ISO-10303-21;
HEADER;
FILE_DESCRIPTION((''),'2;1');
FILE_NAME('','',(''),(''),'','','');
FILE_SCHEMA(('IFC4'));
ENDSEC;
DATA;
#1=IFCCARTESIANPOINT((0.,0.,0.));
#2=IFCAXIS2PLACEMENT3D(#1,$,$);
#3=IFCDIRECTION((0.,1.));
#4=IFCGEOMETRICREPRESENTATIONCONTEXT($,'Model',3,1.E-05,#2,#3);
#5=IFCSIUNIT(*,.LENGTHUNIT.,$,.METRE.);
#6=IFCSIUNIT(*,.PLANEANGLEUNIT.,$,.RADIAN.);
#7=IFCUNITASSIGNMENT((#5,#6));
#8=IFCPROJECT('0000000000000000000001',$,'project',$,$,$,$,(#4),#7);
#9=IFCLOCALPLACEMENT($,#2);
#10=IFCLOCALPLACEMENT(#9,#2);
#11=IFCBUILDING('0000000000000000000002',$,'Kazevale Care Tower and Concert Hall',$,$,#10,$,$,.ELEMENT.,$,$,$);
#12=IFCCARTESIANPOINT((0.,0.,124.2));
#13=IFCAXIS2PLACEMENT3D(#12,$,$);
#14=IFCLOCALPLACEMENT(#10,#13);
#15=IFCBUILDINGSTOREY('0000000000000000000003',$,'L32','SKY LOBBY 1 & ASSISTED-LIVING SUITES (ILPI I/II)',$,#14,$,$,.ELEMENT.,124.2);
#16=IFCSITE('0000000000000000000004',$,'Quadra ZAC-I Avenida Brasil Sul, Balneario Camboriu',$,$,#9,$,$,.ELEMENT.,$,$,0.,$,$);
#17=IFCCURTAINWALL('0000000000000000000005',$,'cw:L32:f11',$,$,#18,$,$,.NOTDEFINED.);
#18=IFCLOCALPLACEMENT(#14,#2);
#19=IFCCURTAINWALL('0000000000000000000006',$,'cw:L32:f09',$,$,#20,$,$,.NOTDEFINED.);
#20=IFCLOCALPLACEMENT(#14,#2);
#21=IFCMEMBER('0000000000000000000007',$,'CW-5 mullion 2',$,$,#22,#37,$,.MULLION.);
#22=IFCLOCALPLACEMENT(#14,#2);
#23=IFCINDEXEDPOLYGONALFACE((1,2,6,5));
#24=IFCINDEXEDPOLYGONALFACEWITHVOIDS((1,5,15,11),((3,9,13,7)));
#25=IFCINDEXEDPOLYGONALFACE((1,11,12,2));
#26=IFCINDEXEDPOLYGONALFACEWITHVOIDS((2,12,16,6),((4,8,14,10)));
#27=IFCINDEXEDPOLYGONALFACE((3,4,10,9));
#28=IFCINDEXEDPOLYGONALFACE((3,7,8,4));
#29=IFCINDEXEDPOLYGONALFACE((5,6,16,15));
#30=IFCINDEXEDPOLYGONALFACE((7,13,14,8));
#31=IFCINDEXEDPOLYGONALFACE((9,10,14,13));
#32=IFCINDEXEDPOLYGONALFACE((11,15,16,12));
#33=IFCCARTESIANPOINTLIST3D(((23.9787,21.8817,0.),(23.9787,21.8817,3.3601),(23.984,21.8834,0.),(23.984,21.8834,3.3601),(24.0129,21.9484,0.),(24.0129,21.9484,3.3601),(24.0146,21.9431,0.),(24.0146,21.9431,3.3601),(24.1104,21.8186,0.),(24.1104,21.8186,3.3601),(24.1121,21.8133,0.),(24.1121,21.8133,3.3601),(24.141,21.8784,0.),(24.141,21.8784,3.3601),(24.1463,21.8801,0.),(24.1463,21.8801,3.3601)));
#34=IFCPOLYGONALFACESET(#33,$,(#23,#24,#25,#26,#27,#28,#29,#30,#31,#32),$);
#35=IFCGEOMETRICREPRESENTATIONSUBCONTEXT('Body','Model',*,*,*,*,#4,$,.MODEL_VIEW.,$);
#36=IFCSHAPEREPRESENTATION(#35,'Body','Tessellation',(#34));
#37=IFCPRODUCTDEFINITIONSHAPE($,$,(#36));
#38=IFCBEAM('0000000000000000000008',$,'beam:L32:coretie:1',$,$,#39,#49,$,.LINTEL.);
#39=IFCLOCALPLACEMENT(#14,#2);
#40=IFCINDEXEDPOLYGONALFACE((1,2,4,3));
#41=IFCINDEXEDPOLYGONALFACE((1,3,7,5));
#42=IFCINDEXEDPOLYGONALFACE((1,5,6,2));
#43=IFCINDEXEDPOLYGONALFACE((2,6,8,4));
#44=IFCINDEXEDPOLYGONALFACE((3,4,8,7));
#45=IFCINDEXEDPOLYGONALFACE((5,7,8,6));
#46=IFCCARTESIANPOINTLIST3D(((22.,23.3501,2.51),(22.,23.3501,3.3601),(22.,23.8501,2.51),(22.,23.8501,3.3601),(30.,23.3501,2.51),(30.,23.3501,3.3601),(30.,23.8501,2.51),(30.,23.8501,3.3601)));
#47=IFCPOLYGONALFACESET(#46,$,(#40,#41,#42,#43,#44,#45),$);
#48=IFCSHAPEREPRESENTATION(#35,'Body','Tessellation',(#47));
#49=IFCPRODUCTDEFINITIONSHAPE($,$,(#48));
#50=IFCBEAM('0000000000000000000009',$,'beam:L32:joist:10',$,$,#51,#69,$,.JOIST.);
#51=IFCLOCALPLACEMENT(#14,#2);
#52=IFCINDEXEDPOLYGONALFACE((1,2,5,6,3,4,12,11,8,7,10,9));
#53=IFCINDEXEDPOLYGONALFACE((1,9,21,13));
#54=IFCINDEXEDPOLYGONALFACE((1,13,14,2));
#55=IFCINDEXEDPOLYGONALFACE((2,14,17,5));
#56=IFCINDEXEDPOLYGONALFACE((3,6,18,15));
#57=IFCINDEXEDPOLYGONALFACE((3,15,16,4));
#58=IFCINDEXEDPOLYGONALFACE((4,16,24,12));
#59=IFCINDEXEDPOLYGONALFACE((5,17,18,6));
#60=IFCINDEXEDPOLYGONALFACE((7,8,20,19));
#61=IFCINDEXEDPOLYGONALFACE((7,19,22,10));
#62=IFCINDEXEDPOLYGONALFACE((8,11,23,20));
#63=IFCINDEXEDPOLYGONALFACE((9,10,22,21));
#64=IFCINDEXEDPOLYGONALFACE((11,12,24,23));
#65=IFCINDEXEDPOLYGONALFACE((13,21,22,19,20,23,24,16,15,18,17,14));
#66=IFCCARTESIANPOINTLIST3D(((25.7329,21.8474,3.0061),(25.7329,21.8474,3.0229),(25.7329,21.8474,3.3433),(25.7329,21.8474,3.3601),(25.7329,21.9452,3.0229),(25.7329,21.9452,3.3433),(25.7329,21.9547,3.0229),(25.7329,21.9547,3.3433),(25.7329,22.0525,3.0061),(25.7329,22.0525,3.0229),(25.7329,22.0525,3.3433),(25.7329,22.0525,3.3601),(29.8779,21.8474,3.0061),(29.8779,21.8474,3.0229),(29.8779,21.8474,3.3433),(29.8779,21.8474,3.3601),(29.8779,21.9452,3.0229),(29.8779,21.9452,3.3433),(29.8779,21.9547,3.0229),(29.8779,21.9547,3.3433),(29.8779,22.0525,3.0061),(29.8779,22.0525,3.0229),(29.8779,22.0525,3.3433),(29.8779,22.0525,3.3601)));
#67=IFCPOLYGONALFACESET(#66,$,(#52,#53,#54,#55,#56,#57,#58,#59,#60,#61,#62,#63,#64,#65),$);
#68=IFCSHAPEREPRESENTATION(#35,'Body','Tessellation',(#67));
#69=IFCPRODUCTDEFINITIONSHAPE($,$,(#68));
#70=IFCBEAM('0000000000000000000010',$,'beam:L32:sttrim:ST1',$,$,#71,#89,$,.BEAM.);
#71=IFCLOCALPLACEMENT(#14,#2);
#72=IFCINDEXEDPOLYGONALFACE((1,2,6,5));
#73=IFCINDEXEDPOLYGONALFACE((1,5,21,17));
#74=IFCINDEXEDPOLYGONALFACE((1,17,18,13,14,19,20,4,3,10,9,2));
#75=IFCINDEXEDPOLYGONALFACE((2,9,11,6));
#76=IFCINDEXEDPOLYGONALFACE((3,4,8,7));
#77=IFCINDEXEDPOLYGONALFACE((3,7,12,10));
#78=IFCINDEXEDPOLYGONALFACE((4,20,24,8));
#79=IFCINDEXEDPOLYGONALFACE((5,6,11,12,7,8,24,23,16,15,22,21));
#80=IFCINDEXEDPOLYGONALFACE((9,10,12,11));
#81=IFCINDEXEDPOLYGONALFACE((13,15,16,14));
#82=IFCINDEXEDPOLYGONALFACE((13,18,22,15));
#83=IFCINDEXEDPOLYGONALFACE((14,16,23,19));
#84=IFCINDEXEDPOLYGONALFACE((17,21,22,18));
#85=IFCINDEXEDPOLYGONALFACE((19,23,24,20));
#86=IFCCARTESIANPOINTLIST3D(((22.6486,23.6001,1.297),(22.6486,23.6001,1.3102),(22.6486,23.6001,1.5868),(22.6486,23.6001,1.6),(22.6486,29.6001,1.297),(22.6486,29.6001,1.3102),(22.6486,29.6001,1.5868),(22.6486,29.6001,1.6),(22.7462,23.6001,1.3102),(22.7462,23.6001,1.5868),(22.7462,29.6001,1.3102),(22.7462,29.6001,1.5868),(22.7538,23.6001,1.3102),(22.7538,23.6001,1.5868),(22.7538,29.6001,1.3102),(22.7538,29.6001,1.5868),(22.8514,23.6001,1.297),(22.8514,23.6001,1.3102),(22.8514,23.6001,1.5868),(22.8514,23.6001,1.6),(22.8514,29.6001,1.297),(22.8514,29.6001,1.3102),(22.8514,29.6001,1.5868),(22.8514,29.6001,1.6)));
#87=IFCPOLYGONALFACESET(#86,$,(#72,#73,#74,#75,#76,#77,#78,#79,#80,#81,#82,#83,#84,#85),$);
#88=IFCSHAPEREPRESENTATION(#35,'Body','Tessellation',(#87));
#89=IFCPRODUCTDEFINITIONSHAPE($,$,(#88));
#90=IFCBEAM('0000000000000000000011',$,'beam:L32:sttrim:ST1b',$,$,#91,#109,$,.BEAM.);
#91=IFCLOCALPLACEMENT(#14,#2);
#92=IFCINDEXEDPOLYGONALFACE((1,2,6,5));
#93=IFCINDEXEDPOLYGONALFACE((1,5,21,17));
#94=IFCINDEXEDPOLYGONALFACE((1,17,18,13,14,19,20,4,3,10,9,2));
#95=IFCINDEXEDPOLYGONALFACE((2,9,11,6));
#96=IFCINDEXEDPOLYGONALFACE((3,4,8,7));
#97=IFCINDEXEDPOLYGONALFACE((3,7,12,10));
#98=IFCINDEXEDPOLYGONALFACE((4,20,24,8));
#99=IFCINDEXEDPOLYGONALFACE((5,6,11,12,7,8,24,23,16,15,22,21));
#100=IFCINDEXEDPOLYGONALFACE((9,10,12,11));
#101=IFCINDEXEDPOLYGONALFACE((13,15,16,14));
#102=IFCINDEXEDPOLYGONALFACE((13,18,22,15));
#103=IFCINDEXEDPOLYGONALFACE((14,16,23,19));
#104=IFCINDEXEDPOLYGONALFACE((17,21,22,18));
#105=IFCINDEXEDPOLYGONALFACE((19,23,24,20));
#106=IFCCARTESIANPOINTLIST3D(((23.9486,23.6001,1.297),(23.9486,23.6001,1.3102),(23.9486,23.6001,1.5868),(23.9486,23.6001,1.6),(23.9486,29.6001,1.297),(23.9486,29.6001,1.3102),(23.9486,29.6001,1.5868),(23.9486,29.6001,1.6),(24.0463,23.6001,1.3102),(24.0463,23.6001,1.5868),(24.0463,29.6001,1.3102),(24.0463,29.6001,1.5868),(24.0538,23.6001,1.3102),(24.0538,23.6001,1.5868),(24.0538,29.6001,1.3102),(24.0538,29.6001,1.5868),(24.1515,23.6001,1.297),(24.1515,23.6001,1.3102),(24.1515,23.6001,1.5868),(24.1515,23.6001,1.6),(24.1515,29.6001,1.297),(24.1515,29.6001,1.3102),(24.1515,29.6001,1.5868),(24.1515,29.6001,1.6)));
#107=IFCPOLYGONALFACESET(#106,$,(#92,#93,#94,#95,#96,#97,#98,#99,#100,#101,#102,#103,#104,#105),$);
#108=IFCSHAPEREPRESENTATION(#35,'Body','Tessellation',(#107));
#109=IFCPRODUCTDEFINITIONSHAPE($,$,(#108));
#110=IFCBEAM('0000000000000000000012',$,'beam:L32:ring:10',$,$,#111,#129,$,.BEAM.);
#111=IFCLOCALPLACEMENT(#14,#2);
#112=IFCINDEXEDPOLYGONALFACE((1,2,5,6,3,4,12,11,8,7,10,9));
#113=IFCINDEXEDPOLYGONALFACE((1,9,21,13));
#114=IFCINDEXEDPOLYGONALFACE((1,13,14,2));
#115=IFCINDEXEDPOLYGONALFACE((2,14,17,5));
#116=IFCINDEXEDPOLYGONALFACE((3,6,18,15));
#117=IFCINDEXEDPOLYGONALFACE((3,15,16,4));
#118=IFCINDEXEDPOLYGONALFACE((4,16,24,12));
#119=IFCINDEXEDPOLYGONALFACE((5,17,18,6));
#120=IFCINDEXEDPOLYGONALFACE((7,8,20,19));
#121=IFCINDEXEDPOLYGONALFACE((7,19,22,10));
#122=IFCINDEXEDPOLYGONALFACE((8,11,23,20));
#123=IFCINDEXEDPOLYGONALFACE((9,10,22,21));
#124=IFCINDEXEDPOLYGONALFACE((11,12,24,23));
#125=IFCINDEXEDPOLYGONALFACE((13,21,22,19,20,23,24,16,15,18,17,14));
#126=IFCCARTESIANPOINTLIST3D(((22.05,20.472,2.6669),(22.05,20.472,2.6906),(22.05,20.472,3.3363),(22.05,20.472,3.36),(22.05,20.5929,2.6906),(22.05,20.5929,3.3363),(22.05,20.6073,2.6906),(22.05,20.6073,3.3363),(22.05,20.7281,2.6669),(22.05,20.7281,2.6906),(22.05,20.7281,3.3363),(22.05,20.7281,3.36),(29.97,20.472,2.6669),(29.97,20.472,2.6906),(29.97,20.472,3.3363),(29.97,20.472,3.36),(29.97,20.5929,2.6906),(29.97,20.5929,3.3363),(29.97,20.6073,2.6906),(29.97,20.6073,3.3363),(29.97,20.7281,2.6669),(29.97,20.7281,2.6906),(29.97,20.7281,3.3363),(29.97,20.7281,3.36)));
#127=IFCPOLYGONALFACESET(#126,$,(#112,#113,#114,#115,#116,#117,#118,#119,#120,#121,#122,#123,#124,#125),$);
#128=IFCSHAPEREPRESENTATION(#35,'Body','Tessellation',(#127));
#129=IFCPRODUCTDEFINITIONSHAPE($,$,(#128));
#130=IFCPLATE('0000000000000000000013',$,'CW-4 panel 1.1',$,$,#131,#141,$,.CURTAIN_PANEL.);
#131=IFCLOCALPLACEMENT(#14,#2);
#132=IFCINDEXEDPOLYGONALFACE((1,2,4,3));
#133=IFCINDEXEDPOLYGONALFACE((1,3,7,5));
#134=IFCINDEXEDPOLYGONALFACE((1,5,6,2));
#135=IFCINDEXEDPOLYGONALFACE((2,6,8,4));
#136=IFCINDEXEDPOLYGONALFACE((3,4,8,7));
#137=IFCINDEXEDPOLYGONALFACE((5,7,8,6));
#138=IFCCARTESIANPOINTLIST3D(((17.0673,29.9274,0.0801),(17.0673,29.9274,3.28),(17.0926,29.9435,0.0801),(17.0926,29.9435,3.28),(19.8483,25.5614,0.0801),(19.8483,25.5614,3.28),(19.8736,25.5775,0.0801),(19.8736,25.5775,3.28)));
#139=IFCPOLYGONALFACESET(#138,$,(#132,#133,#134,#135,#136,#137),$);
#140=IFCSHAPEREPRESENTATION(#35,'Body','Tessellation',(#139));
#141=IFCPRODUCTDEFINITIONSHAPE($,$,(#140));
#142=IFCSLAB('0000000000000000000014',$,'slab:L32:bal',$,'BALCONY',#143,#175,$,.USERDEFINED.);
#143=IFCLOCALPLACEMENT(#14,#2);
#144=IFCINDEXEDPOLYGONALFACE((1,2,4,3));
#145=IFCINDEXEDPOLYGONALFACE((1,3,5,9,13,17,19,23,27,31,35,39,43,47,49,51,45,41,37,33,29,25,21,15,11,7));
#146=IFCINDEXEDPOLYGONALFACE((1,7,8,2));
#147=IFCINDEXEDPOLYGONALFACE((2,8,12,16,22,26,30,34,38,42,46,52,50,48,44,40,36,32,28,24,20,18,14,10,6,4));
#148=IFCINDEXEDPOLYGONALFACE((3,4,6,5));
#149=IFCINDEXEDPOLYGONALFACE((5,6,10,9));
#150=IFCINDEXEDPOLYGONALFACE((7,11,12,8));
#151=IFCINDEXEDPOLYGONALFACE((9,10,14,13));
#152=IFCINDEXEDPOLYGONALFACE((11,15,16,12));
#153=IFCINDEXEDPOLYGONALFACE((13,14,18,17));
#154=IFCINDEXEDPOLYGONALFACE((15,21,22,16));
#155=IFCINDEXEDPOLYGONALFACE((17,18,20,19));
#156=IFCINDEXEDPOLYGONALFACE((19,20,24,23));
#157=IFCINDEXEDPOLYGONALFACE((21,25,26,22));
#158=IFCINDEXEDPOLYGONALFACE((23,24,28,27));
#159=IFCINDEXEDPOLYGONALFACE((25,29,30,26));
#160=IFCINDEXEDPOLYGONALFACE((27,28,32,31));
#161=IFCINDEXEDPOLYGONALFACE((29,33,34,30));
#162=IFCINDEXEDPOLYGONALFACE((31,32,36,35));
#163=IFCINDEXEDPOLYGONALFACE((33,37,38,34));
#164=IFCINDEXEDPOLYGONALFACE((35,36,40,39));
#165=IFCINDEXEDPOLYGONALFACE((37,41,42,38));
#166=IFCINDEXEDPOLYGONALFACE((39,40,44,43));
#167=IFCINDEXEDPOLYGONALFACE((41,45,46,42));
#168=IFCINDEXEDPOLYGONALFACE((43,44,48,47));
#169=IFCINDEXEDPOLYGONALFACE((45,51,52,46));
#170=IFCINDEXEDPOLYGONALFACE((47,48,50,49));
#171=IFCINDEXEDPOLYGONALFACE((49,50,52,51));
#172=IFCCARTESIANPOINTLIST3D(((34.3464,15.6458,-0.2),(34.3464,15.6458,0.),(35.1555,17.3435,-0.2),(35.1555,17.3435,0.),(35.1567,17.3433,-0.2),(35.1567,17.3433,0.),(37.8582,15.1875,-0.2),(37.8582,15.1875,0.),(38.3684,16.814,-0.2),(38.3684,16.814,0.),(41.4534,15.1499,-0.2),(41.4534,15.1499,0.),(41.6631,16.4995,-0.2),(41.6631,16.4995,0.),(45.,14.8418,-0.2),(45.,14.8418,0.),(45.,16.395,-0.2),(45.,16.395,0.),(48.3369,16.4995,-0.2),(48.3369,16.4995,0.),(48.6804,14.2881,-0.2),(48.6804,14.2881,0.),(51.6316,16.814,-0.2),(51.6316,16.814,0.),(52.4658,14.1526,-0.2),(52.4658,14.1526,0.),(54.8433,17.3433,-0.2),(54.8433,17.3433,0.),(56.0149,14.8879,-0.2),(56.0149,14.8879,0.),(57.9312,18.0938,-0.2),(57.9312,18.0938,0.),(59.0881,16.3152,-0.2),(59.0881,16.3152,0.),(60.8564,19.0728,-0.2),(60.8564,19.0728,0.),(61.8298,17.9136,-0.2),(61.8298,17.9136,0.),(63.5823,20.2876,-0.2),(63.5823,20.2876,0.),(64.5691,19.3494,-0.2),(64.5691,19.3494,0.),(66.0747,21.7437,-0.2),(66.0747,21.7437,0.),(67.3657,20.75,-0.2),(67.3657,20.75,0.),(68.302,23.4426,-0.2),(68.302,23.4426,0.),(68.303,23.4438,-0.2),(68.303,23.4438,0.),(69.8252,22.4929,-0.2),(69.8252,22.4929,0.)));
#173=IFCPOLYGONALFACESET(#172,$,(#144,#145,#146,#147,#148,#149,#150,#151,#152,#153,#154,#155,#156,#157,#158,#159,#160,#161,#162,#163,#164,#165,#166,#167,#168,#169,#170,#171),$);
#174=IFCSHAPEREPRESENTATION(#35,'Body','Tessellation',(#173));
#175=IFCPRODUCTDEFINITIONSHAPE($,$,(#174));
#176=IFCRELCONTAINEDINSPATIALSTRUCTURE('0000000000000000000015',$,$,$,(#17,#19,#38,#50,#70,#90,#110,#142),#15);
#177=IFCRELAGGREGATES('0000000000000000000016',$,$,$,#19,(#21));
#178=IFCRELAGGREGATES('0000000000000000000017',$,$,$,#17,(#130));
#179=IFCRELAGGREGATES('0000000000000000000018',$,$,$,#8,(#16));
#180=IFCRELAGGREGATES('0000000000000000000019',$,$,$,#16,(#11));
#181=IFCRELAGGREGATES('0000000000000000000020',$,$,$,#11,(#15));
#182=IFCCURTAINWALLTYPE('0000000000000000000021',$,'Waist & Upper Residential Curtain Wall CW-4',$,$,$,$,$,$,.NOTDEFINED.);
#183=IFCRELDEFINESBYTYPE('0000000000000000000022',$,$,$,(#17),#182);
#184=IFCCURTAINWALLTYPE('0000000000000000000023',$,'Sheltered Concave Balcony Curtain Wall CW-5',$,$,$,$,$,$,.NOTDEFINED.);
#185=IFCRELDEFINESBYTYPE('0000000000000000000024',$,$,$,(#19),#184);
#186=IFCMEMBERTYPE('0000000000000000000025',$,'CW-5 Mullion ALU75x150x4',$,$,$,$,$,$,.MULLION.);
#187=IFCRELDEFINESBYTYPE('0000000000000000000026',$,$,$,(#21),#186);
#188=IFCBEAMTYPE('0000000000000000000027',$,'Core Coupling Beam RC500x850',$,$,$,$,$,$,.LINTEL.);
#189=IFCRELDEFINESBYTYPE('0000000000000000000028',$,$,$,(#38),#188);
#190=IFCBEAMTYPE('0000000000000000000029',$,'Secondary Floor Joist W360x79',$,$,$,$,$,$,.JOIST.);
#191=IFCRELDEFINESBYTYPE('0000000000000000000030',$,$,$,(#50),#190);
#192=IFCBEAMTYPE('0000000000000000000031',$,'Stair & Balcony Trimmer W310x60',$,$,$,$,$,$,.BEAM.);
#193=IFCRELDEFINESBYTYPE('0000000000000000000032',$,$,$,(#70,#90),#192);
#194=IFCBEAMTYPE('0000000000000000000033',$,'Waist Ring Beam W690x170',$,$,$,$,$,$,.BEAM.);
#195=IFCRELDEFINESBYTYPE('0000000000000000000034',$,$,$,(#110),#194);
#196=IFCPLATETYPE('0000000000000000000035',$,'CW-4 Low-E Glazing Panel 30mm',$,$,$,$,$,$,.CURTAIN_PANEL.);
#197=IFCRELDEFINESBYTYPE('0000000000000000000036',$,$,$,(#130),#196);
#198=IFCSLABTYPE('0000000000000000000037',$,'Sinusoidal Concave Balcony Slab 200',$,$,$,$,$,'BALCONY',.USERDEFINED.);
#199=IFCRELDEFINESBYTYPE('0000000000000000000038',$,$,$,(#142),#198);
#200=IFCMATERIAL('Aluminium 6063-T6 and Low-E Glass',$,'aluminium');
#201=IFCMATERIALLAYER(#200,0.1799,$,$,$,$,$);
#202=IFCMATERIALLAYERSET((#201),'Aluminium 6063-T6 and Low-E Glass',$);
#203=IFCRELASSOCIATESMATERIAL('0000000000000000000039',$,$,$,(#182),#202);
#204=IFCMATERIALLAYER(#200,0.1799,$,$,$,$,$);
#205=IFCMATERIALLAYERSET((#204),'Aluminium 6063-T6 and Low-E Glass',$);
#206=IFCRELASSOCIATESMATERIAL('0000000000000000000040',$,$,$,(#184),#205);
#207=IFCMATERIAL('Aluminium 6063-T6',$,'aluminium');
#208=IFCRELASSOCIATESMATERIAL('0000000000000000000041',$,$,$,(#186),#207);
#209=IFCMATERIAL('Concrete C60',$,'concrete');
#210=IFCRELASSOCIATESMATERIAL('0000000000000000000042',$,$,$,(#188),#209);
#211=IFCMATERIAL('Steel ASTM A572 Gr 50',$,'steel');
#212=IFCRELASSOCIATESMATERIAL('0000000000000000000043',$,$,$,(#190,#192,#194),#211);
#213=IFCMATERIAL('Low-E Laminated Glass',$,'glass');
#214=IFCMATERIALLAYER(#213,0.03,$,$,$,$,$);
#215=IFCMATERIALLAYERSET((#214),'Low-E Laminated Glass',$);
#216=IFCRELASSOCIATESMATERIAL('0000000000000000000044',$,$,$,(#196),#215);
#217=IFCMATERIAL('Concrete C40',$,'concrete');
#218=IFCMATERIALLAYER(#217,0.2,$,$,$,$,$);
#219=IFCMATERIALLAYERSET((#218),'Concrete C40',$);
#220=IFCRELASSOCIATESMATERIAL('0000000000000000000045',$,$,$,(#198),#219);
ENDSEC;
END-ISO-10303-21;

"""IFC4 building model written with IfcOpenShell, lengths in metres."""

from ifc_helpers import new_model, si_unit, direction, frame, origin, origin_2d, place, context, subcontext, project, spatial, polyline, rectangle, hollow_rectangle, i_section, outline, extrude, material, layer, layer_set, material_profile, profile_set, type_object, element, aggregate, save


model = new_model("IFC4")

# Units and contexts
model_context = context("Model", 3, precision=1e-05, world=origin(), true_north=direction((0.0, 1.0)))
body_context = subcontext(model_context, "Body", "Model", "MODEL_VIEW")
ifc_project = project(units=[si_unit("LENGTHUNIT", "METRE"), si_unit("PLANEANGLEUNIT", "RADIAN")], contexts=[model_context])

# Site, building, storey
site_placement = place(None, origin())
site = spatial("IfcSite", under=ifc_project, at=site_placement, Name="Quadra ZAC-I Avenida Brasil Sul, Balneario Camboriu", CompositionType="ELEMENT", RefElevation=0.0)
building_placement = place(site_placement, origin())
building = spatial("IfcBuilding", under=site, at=building_placement, Name="Kazevale Care Tower and Concert Hall", CompositionType="ELEMENT")
storey_placement = place(building_placement, frame((0.0, 0.0, 124.2)))
storey = spatial("IfcBuildingStorey", under=building, at=storey_placement, Name="L32", Description="SKY LOBBY 1 & ASSISTED-LIVING SUITES (ILPI I/II)", CompositionType="ELEMENT", Elevation=124.2)

# Shared definitions
ifc_material_1 = material(Name="Concrete C60", Category="concrete")

# Curtain wall
ifc_material_2 = material(Name="Aluminium 6063-T6 and Low-E Glass", Category="aluminium")
ifc_layer_1 = layer(ifc_material_2, 0.1799)
ifc_layer_set_1 = layer_set([ifc_layer_1], Name="Aluminium 6063-T6 and Low-E Glass")
curtain_wall_type_1 = type_object("IfcCurtainWallType", Name="Waist & Upper Residential Curtain Wall CW-4", PredefinedType="NOTDEFINED", material=ifc_layer_set_1)
curtain_wall_1_placement = place(storey_placement, origin())
curtain_wall_1 = element("IfcCurtainWall", 1, at=curtain_wall_1_placement, inside=storey, type_object=curtain_wall_type_1, Name="cw:L32:f11", PredefinedType="NOTDEFINED")
ifc_material_3 = material(Name="Aluminium 6063-T6", Category="aluminium")

# Curtain wall, member
ifc_layer_2 = layer(ifc_material_2, 0.1799)
ifc_layer_set_2 = layer_set([ifc_layer_2], Name="Aluminium 6063-T6 and Low-E Glass")
curtain_wall_type_2 = type_object("IfcCurtainWallType", Name="Sheltered Concave Balcony Curtain Wall CW-5", PredefinedType="NOTDEFINED", material=ifc_layer_set_2)
curtain_wall_2_placement = place(storey_placement, origin())
curtain_wall_2 = element("IfcCurtainWall", 2, at=curtain_wall_2_placement, inside=storey, type_object=curtain_wall_type_2, Name="cw:L32:f09", PredefinedType="NOTDEFINED")
ifc_material_profile_1 = material_profile(ifc_material_3, hollow_rectangle(XDim=0.075, YDim=0.1499, WallThickness=0.0039, at=origin_2d()), Name="ALU75x150x4")
ifc_profile_set_1 = profile_set([ifc_material_profile_1], Name="Aluminium 6063-T6")
member_type_1 = type_object("IfcMemberType", Name="CW-5 Mullion ALU75x150x4", PredefinedType="MULLION", material=ifc_profile_set_1)
member_1_placement = place(storey_placement, frame((24.0625, 21.8809, 0.0), z_axis=(0.0, 0.0, 1.0), x_axis=(-0.455713, -0.890127, 0.0)))
member_1 = element("IfcMember", 3, at=member_1_placement, type_object=member_type_1, Name="CW-5 mullion 2", PredefinedType="MULLION", context=body_context, shape_type="SweptSolid", body=[
    extrude(hollow_rectangle(XDim=0.075, YDim=0.1499, WallThickness=0.0039, at=origin_2d()), origin(), (0.0, 0.0, 1.0), 3.3601),
])
aggregate(curtain_wall_2, [member_1])

# Beams
ifc_material_profile_2 = material_profile(ifc_material_1, rectangle(XDim=0.5, YDim=0.8501, at=origin_2d()), Name="RC-B500x850")
ifc_profile_set_2 = profile_set([ifc_material_profile_2], Name="Concrete C60")
beam_type_1 = type_object("IfcBeamType", Name="Core Coupling Beam RC500x850", PredefinedType="LINTEL", material=ifc_profile_set_2)
beam_1_placement = place(storey_placement, frame((22.0, 23.6001, 2.9351), z_axis=(1.0, 0.0, 0.0), x_axis=(0.0, 1.0, 0.0)))
element("IfcBeam", 4, at=beam_1_placement, inside=storey, type_object=beam_type_1, Name="beam:L32:coretie:1", PredefinedType="LINTEL", context=body_context, shape_type="SweptSolid", body=[
    extrude(rectangle(XDim=0.5, YDim=0.8501, at=origin_2d()), origin(), (0.0, 0.0, 1.0), 8.0),
])
ifc_material_4 = material(Name="Steel ASTM A572 Gr 50", Category="steel")
ifc_material_profile_3 = material_profile(ifc_material_4, i_section(OverallWidth=0.2051, OverallDepth=0.354, WebThickness=0.0095, FlangeThickness=0.0168, at=origin_2d()), Name="W360x79")
ifc_profile_set_3 = profile_set([ifc_material_profile_3], Name="Steel ASTM A572 Gr 50")
beam_type_2 = type_object("IfcBeamType", Name="Secondary Floor Joist W360x79", PredefinedType="JOIST", material=ifc_profile_set_3)
beam_2_placement = place(storey_placement, frame((25.7329, 21.95, 3.1831), z_axis=(1.0, 0.0, 0.0), x_axis=(0.0, 1.0, 0.0)))
element("IfcBeam", 5, at=beam_2_placement, inside=storey, type_object=beam_type_2, Name="beam:L32:joist:10", PredefinedType="JOIST", context=body_context, shape_type="SweptSolid", body=[
    extrude(i_section(OverallWidth=0.2051, OverallDepth=0.354, WebThickness=0.0095, FlangeThickness=0.0168, at=origin_2d()), origin(), (0.0, 0.0, 1.0), 4.145),
])
ifc_material_profile_4 = material_profile(ifc_material_4, i_section(OverallWidth=0.2029, OverallDepth=0.303, WebThickness=0.0076, FlangeThickness=0.0132, at=origin_2d()), Name="W310x60")
ifc_profile_set_4 = profile_set([ifc_material_profile_4], Name="Steel ASTM A572 Gr 50")
beam_type_3 = type_object("IfcBeamType", Name="Stair & Balcony Trimmer W310x60", PredefinedType="BEAM", material=ifc_profile_set_4)
for number, where, z_axis, x_axis, name in (
    (6, (22.75, 23.6001, 1.4485), (0.0, 1.0, 0.0), (-1.0, 0.0, 0.0), "beam:L32:sttrim:ST1"),
    (7, (24.05, 23.6001, 1.4485), (0.0, 1.0, 0.0), (-1.0, 0.0, 0.0), "beam:L32:sttrim:ST1b"),
):
    element("IfcBeam", number, at=place(storey_placement, frame(where, z_axis=z_axis, x_axis=x_axis)), inside=storey, type_object=beam_type_3, Name=name, PredefinedType="BEAM", context=body_context, shape_type="SweptSolid", body=[
        extrude(i_section(OverallWidth=0.2029, OverallDepth=0.303, WebThickness=0.0076, FlangeThickness=0.0132, at=origin_2d()), origin(), (0.0, 0.0, 1.0), 6.0),
    ])
ifc_material_profile_5 = material_profile(ifc_material_4, i_section(OverallWidth=0.2561, OverallDepth=0.6931, WebThickness=0.0144, FlangeThickness=0.0237, at=origin_2d()), Name="W690x170")
ifc_profile_set_5 = profile_set([ifc_material_profile_5], Name="Steel ASTM A572 Gr 50")
beam_type_4 = type_object("IfcBeamType", Name="Waist Ring Beam W690x170", PredefinedType="BEAM", material=ifc_profile_set_5)
beam_3_placement = place(storey_placement, frame((22.05, 20.6001, 3.0134), z_axis=(1.0, 0.0, 0.0), x_axis=(0.0, 1.0, 0.0)))
element("IfcBeam", 8, at=beam_3_placement, inside=storey, type_object=beam_type_4, Name="beam:L32:ring:10", PredefinedType="BEAM", context=body_context, shape_type="SweptSolid", body=[
    extrude(i_section(OverallWidth=0.2561, OverallDepth=0.6931, WebThickness=0.0144, FlangeThickness=0.0237, at=origin_2d()), origin(), (0.0, 0.0, 1.0), 7.9199),
])

# Plate
ifc_material_5 = material(Name="Low-E Laminated Glass", Category="glass")
ifc_layer_3 = layer(ifc_material_5, 0.03)
ifc_layer_set_3 = layer_set([ifc_layer_3], Name="Low-E Laminated Glass")
plate_type = type_object("IfcPlateType", Name="CW-4 Low-E Glazing Panel 30mm", PredefinedType="CURTAIN_PANEL", material=ifc_layer_set_3)
plate_placement = place(storey_placement, frame((18.4705, 27.7524, 0.0801), z_axis=(0.0, 0.0, 1.0), x_axis=(-0.537239, 0.84343, 0.0)))
plate = element("IfcPlate", 9, at=plate_placement, type_object=plate_type, Name="CW-4 panel 1.1", PredefinedType="CURTAIN_PANEL", context=body_context, shape_type="SweptSolid", body=[
    extrude(rectangle(XDim=5.1765, YDim=0.03, at=origin_2d()), origin(), (0.0, 0.0, 1.0), 3.2),
])
aggregate(curtain_wall_1, [plate])

# Slab
ifc_material_6 = material(Name="Concrete C40", Category="concrete")
ifc_layer_4 = layer(ifc_material_6, 0.2)
ifc_layer_set_4 = layer_set([ifc_layer_4], Name="Concrete C40")
slab_type_1 = type_object("IfcSlabType", Name="Sinusoidal Concave Balcony Slab 200", ElementType="BALCONY", PredefinedType="USERDEFINED", material=ifc_layer_set_4)
slab_1_placement = place(storey_placement, frame((0.0, 0.0, -0.2)))
element("IfcSlab", 10, at=slab_1_placement, inside=storey, type_object=slab_type_1, Name="slab:L32:bal", ObjectType="BALCONY", PredefinedType="USERDEFINED", context=body_context, shape_type="SweptSolid", body=[
    extrude(outline(polyline([(69.8252, 22.4929), (67.3657, 20.75), (64.5691, 19.3494), (61.8298, 17.9136), (59.0881, 16.3152), (56.0149, 14.8879), (52.4658, 14.1526), (48.6804, 14.2881), (45.0, 14.8418), (41.4534, 15.1499), (37.8582, 15.1875), (34.3464, 15.6458), (35.1555, 17.3435), (35.1567, 17.3433), (38.3684, 16.814), (41.6631, 16.4995), (45.0, 16.395), (48.3369, 16.4995), (51.6316, 16.814), (54.8433, 17.3433), (57.9312, 18.0938), (60.8564, 19.0728), (63.5823, 20.2876), (66.0747, 21.7437), (68.302, 23.4426), (68.303, 23.4438), (69.8252, 22.4929)])), origin(), (0.0, 0.0, 1.0), 0.2),
])

save(model, "model.ifc")
